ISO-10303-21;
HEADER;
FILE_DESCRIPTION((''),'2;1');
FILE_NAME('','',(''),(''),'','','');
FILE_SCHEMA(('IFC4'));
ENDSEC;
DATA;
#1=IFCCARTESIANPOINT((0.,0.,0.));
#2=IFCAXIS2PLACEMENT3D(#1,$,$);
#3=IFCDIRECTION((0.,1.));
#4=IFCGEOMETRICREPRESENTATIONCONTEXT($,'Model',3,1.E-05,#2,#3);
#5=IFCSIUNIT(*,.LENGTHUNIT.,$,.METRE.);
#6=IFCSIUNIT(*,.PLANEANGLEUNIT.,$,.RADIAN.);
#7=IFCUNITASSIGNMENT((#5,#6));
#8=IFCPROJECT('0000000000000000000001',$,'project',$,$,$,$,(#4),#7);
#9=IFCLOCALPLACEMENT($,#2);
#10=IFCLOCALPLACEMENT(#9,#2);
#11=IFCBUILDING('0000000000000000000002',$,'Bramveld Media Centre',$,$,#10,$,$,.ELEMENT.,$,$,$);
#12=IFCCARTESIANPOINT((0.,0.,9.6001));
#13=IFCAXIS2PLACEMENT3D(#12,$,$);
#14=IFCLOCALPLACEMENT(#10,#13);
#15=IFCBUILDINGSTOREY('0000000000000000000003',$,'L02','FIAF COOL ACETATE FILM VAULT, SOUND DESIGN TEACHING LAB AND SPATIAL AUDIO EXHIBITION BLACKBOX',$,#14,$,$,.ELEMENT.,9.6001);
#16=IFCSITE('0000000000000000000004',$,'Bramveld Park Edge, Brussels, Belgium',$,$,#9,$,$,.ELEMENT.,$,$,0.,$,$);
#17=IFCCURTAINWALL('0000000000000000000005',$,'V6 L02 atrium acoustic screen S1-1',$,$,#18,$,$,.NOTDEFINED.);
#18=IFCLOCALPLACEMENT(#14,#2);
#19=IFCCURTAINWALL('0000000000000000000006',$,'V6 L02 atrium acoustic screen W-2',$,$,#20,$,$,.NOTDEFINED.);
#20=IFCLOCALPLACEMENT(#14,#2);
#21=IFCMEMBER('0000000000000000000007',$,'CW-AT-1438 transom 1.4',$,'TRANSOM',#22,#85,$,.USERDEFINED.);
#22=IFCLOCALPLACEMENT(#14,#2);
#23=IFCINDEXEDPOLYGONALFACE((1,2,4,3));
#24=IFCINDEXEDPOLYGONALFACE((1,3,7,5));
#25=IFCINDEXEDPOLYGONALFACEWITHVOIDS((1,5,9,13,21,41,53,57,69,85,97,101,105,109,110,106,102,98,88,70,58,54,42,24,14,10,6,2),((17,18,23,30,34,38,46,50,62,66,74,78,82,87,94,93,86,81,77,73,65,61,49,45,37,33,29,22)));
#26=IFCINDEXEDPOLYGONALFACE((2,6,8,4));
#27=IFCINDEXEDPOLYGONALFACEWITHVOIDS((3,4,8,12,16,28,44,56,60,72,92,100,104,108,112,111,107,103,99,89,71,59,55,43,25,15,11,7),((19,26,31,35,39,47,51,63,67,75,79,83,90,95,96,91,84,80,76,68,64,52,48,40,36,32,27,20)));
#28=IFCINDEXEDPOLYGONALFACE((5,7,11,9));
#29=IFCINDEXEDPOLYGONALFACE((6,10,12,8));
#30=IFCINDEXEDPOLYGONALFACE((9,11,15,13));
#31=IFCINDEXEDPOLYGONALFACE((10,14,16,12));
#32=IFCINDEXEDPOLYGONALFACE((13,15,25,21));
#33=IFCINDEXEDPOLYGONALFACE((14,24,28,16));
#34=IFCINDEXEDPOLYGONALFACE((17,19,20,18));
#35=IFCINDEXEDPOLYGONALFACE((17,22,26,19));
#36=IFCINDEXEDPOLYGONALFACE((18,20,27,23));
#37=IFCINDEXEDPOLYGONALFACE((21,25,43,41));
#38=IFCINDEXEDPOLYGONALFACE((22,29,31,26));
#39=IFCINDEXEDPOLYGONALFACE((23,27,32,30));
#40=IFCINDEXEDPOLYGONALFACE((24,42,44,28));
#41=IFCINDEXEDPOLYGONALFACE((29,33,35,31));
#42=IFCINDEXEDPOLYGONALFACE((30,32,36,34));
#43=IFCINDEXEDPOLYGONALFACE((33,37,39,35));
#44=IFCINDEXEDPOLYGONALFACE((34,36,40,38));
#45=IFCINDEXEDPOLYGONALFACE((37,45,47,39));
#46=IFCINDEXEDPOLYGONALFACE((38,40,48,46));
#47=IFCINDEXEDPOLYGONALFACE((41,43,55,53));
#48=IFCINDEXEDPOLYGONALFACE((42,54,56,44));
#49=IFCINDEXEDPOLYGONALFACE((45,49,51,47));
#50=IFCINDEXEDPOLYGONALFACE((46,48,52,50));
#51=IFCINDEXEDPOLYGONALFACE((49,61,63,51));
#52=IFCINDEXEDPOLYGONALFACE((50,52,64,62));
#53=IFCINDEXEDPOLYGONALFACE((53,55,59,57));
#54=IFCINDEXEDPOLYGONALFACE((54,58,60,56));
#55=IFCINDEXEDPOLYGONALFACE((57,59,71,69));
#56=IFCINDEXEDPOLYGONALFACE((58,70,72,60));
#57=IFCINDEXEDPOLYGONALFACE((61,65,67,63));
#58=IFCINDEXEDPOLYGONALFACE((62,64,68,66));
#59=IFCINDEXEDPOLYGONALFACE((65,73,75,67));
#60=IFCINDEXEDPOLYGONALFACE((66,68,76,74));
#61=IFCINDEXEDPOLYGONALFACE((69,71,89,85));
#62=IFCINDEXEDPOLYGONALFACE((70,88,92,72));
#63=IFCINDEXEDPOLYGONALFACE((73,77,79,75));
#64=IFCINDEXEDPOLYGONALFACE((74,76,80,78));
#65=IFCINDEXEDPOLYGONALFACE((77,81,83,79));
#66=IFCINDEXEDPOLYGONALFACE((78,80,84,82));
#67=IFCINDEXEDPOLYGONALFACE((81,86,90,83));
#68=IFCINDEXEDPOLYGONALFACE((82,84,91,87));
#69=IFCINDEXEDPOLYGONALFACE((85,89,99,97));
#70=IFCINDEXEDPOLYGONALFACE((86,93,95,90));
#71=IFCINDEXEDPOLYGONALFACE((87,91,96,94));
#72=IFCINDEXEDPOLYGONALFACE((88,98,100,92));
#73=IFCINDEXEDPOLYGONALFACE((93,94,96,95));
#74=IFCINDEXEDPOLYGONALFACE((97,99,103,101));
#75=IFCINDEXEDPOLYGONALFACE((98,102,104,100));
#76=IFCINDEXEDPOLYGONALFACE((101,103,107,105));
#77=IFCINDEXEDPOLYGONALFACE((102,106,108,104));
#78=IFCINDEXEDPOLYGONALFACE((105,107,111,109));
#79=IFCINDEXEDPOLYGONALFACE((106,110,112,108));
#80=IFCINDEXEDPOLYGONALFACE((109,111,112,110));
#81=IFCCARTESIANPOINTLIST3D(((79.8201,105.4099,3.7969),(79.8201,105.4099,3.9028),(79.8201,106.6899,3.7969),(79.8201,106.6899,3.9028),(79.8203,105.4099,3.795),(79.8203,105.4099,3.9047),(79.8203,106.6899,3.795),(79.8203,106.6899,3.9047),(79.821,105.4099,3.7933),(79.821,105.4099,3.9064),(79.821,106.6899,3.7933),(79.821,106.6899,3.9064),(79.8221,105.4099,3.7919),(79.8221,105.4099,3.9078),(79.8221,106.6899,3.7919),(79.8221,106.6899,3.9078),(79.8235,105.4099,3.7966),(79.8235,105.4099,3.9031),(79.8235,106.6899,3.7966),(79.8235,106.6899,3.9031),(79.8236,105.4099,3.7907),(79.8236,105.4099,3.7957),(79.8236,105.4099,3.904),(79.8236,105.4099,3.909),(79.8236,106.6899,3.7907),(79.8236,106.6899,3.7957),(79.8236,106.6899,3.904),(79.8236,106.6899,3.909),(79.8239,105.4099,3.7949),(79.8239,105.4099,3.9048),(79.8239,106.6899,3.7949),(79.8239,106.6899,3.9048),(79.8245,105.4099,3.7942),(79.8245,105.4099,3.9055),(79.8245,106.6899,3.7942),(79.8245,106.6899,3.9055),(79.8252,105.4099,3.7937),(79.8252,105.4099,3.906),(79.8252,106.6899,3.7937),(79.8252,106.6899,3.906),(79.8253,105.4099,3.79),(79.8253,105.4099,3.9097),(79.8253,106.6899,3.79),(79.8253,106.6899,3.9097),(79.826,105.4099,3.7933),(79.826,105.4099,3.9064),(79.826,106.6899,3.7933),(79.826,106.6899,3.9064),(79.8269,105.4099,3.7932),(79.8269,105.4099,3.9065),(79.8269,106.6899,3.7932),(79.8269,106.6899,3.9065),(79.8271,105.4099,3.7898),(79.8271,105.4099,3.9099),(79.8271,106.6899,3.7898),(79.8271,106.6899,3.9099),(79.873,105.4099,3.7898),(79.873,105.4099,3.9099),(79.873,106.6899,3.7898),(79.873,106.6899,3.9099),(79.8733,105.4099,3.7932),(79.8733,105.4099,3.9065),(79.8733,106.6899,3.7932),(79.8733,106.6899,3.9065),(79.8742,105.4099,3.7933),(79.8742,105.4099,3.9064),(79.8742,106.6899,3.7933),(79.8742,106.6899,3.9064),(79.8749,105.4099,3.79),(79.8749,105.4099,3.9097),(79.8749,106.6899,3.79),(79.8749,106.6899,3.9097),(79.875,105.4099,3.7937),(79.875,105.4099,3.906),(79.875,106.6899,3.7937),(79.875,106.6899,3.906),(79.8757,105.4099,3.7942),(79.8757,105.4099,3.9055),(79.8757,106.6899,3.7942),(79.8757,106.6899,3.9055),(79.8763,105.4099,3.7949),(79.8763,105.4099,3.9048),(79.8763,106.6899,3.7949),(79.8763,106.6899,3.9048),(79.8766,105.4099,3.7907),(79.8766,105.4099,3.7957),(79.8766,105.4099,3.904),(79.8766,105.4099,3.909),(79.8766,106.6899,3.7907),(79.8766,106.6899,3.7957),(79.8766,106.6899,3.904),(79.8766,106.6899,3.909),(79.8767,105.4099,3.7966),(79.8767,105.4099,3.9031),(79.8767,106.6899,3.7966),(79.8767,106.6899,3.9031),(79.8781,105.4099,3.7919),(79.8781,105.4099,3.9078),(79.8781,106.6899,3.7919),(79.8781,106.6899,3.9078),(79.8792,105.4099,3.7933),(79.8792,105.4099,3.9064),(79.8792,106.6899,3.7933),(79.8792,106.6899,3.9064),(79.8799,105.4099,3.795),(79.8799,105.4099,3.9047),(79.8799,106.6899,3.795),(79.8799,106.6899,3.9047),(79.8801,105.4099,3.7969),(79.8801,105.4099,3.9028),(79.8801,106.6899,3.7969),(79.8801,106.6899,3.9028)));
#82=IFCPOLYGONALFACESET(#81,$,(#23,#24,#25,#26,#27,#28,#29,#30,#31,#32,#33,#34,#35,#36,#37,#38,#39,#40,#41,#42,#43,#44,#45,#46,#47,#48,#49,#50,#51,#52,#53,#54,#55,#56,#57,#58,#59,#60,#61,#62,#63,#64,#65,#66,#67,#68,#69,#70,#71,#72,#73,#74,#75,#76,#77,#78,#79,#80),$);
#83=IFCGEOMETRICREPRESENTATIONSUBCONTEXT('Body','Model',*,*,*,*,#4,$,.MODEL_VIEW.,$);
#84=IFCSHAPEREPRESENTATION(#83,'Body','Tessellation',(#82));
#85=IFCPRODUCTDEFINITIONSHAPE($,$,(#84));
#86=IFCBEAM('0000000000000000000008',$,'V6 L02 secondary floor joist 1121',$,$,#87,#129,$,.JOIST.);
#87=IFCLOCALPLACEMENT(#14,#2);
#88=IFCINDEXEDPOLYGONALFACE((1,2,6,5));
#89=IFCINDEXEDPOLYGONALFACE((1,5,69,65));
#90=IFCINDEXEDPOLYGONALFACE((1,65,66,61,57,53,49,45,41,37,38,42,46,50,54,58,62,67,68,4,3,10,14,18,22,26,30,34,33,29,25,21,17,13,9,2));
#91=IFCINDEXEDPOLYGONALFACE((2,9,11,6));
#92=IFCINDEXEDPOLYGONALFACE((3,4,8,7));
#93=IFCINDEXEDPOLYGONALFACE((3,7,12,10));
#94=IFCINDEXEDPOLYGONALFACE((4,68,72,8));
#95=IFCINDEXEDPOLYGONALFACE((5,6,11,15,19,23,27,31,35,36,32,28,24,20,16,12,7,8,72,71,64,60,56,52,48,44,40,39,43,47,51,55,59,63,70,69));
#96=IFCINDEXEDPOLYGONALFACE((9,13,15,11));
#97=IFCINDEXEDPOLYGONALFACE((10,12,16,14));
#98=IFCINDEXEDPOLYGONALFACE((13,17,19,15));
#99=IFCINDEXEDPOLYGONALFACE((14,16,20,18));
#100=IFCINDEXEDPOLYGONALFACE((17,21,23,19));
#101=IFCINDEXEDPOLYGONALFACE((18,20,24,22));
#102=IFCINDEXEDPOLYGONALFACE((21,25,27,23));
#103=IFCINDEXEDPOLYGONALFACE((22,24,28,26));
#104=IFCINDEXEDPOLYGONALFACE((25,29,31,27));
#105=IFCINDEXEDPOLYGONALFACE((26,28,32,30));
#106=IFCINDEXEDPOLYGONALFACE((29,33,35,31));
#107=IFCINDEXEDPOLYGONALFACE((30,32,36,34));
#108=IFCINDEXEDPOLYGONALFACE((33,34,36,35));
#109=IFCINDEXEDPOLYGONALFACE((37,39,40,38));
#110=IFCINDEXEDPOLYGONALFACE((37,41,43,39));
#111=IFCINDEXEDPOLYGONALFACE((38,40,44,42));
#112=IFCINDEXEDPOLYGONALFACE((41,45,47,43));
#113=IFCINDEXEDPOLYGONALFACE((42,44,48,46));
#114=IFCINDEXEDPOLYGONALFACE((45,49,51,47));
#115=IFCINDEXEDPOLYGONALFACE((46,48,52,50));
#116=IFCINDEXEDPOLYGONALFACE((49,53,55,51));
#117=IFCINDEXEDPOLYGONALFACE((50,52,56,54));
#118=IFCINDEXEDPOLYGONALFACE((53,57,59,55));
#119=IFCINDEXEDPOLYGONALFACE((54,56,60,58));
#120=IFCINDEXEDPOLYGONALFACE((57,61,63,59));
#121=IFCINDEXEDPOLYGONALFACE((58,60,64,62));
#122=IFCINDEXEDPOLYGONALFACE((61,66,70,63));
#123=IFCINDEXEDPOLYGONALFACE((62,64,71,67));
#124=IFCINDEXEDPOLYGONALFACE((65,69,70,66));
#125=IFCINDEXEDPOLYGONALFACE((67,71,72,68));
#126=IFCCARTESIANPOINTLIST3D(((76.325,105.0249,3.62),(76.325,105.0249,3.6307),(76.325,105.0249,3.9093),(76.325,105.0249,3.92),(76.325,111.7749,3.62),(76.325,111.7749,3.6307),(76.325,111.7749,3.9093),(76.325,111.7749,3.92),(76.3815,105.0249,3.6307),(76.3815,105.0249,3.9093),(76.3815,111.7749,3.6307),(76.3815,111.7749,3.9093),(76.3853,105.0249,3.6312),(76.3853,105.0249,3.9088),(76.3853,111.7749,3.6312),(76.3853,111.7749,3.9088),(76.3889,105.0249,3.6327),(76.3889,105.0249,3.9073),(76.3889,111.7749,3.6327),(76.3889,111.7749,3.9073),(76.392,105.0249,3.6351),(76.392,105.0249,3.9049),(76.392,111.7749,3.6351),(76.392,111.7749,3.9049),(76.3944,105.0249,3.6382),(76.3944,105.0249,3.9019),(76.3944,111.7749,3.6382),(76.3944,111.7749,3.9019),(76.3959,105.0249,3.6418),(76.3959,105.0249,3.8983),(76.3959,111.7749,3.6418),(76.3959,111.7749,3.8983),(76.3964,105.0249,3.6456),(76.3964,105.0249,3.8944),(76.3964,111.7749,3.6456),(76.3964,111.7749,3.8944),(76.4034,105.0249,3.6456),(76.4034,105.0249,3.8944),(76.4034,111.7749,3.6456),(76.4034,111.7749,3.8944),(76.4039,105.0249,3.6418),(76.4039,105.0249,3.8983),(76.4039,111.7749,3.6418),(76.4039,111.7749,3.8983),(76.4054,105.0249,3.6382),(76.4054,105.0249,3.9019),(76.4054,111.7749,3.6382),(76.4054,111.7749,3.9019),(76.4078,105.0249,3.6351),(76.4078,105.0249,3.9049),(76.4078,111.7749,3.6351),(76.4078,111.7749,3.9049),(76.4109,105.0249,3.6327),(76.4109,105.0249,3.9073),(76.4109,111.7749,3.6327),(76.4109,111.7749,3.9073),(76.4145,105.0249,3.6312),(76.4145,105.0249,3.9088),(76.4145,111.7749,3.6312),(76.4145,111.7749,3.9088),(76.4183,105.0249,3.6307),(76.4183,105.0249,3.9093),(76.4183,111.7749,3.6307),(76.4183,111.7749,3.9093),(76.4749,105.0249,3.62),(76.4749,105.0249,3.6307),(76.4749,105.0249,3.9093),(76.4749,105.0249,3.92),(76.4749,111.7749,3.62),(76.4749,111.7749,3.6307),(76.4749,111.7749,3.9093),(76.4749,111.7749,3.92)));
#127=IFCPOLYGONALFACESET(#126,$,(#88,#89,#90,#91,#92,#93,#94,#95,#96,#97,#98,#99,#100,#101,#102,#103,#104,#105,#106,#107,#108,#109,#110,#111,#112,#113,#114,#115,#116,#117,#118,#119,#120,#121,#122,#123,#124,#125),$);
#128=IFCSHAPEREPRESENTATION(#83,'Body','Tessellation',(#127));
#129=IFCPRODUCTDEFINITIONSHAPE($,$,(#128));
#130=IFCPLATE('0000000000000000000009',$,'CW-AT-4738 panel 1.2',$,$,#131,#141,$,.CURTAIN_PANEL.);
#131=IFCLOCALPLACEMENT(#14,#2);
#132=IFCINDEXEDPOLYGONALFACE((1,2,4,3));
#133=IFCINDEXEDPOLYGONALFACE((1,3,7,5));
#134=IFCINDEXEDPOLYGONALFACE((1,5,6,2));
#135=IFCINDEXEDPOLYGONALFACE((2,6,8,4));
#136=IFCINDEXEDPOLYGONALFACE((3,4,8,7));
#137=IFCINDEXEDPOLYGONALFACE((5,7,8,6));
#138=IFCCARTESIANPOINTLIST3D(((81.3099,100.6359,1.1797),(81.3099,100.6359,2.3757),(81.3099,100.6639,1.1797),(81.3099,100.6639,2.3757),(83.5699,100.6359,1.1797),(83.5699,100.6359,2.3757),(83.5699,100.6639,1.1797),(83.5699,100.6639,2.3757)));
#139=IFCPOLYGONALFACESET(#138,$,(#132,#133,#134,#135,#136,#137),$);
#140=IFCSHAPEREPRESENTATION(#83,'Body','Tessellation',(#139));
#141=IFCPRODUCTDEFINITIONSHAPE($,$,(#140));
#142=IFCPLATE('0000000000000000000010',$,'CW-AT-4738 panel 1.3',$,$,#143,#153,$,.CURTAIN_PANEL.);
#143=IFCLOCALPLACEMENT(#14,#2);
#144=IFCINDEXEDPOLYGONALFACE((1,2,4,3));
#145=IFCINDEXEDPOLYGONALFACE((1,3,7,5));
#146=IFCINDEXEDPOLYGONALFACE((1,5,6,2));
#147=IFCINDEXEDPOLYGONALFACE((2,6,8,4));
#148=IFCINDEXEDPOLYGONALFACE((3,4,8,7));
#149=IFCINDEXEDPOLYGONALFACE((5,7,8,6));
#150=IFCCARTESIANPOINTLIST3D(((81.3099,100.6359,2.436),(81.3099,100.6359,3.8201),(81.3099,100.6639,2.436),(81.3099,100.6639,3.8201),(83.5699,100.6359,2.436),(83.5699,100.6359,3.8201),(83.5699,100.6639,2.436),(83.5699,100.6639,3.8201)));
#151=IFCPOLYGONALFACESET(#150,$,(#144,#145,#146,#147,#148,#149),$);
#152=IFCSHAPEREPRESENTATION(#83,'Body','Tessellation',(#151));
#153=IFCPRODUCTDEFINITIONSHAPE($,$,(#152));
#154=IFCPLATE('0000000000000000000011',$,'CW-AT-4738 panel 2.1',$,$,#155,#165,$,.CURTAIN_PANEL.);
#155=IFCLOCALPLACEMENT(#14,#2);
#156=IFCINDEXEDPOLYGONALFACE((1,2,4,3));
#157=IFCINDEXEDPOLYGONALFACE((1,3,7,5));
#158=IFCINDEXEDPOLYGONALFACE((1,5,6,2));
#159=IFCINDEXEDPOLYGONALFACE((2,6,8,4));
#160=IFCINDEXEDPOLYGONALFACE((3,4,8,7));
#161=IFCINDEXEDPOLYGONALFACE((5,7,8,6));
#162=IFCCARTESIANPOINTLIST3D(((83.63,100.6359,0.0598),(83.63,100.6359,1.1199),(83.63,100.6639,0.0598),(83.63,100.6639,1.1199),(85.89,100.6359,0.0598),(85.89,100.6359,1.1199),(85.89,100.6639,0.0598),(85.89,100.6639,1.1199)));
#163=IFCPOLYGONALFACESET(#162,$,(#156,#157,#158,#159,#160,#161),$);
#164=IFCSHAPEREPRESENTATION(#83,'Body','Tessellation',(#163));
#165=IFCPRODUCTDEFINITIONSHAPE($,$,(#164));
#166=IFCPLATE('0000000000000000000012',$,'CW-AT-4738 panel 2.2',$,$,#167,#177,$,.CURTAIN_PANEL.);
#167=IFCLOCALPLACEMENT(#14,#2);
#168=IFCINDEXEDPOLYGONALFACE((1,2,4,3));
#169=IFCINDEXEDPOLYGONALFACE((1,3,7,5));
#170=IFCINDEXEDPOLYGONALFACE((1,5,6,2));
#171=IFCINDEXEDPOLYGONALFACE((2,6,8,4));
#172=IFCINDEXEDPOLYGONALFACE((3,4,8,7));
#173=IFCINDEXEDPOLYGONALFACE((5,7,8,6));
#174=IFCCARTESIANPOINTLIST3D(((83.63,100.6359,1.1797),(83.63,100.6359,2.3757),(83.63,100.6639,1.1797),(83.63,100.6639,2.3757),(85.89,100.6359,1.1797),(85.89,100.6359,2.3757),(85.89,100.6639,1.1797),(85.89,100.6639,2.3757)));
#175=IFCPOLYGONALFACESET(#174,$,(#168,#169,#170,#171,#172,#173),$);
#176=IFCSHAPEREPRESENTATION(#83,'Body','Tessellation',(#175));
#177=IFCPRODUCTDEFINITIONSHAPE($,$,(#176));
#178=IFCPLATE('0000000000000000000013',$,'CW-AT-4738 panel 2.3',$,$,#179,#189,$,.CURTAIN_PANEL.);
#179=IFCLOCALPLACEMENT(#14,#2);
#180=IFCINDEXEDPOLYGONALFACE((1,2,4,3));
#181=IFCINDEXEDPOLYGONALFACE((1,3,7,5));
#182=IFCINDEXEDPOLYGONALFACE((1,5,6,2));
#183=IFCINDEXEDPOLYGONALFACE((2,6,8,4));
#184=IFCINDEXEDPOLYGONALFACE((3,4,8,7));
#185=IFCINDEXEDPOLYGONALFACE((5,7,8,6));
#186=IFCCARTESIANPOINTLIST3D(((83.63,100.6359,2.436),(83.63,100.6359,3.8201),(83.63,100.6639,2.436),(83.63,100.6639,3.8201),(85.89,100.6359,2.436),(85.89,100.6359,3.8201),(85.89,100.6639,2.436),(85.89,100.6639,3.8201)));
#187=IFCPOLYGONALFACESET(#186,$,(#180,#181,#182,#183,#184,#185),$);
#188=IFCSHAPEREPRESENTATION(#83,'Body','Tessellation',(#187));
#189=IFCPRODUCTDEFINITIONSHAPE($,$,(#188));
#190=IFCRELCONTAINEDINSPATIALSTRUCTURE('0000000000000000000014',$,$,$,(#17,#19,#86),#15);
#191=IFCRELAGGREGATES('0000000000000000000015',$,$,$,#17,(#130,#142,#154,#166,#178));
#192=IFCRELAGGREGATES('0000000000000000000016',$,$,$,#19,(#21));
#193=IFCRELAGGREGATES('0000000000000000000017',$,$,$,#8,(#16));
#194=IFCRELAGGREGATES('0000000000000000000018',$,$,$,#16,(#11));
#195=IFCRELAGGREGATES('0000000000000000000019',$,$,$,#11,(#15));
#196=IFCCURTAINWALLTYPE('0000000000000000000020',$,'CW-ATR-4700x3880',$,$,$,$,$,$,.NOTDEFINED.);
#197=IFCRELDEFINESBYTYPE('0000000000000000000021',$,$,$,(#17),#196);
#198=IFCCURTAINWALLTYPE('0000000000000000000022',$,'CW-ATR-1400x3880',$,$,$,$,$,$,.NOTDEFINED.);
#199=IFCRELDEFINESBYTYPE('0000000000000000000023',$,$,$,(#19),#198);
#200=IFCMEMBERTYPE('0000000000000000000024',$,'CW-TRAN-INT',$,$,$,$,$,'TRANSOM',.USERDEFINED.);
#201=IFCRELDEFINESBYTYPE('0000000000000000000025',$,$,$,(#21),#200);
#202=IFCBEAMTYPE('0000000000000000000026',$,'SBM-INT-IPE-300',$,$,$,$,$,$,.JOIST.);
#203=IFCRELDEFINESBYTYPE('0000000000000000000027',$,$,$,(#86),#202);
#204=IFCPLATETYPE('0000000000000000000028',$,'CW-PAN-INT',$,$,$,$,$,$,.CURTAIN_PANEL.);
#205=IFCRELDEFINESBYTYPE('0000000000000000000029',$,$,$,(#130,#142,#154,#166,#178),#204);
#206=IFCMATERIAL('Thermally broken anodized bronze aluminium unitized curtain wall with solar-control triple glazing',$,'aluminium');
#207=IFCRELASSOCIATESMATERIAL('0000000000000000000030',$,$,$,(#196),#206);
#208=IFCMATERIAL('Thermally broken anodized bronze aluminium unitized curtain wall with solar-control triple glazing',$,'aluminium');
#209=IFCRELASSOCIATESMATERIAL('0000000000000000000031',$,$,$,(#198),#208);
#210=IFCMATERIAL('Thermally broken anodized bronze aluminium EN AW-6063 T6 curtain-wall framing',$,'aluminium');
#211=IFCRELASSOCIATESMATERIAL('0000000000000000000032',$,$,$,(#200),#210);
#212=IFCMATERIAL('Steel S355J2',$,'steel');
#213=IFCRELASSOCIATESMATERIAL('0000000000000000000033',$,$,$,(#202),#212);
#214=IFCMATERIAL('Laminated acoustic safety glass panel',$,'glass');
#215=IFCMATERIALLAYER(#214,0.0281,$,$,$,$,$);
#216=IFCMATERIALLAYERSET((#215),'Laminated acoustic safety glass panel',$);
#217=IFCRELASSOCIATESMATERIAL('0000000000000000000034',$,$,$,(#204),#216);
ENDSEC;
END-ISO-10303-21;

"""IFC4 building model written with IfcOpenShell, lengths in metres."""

from ifc_helpers import new_model, si_unit, direction, frame, origin, origin_2d, place, context, subcontext, project, spatial, rectangle, hollow_rectangle, i_section, extrude, material, layer, layer_set, material_profile, profile_set, type_object, element, aggregate, save


model = new_model("IFC4")

# Units and contexts
model_context = context("Model", 3, precision=1e-05, world=origin(), true_north=direction((0.0, 1.0)))
body_context = subcontext(model_context, "Body", "Model", "MODEL_VIEW")
ifc_project = project(units=[si_unit("LENGTHUNIT", "METRE"), si_unit("PLANEANGLEUNIT", "RADIAN")], contexts=[model_context])

# Site, building, storey
site_placement = place(None, origin())
site = spatial("IfcSite", under=ifc_project, at=site_placement, Name="Bramveld Park Edge, Brussels, Belgium", CompositionType="ELEMENT", RefElevation=0.0)
building_placement = place(site_placement, origin())
building = spatial("IfcBuilding", under=site, at=building_placement, Name="Bramveld Media Centre", CompositionType="ELEMENT")
storey_placement = place(building_placement, frame((0.0, 0.0, 9.6001)))
storey = spatial("IfcBuildingStorey", under=building, at=storey_placement, Name="L02", Description="FIAF COOL ACETATE FILM VAULT, SOUND DESIGN TEACHING LAB AND SPATIAL AUDIO EXHIBITION BLACKBOX", CompositionType="ELEMENT", Elevation=9.6001)

# Curtain wall
ifc_material_1 = material(Name="Thermally broken anodized bronze aluminium unitized curtain wall with solar-control triple glazing", Category="aluminium")
curtain_wall_type_1 = type_object("IfcCurtainWallType", Name="CW-ATR-4700x3880", PredefinedType="NOTDEFINED", material=ifc_material_1)
curtain_wall_1_placement = place(storey_placement, origin())
curtain_wall_1 = element("IfcCurtainWall", 1, at=curtain_wall_1_placement, inside=storey, type_object=curtain_wall_type_1, Name="V6 L02 atrium acoustic screen S1-1", PredefinedType="NOTDEFINED")

# Curtain wall
ifc_material_2 = material(Name="Thermally broken anodized bronze aluminium unitized curtain wall with solar-control triple glazing", Category="aluminium")
curtain_wall_type_2 = type_object("IfcCurtainWallType", Name="CW-ATR-1400x3880", PredefinedType="NOTDEFINED", material=ifc_material_2)
curtain_wall_2_placement = place(storey_placement, origin())
curtain_wall_2 = element("IfcCurtainWall", 2, at=curtain_wall_2_placement, inside=storey, type_object=curtain_wall_type_2, Name="V6 L02 atrium acoustic screen W-2", PredefinedType="NOTDEFINED")

# Member
ifc_material_3 = material(Name="Thermally broken anodized bronze aluminium EN AW-6063 T6 curtain-wall framing", Category="aluminium")
ifc_material_profile_1 = material_profile(ifc_material_3, hollow_rectangle(XDim=0.0601, YDim=0.1201, WallThickness=0.0034, InnerFilletRadius=0.0034, OuterFilletRadius=0.0071, at=origin_2d()), Name="AL-TRAN 60x120")
ifc_profile_set_1 = profile_set([ifc_material_profile_1], Name="Thermally broken anodized bronze aluminium EN AW-6063 T6 curtain-wall framing")
member_type_1 = type_object("IfcMemberType", Name="CW-TRAN-INT", ElementType="TRANSOM", PredefinedType="USERDEFINED", material=ifc_profile_set_1)
member_1_placement = place(storey_placement, frame((79.8501, 105.4099, 3.8499), z_axis=(0.0, 1.0, 0.0), x_axis=(-1.0, 0.0, 0.0)))
member_1 = element("IfcMember", 3, at=member_1_placement, type_object=member_type_1, Name="CW-AT-1438 transom 1.4", ObjectType="TRANSOM", PredefinedType="USERDEFINED", context=body_context, shape_type="SweptSolid", body=[
    extrude(hollow_rectangle(XDim=0.0601, YDim=0.1201, WallThickness=0.0034, InnerFilletRadius=0.0034, OuterFilletRadius=0.0071, at=origin_2d()), origin(), (0.0, 0.0, 1.0), 1.28),
])

# Beam
ifc_material_4 = material(Name="Steel S355J2", Category="steel")
ifc_material_profile_2 = material_profile(ifc_material_4, i_section(OverallWidth=0.1499, OverallDepth=0.3, WebThickness=0.0071, FlangeThickness=0.0107, FilletRadius=0.0149, at=origin_2d()), Name="IPE 300")
ifc_profile_set_2 = profile_set([ifc_material_profile_2], Name="Steel S355J2")
beam_type_1 = type_object("IfcBeamType", Name="SBM-INT-IPE-300", PredefinedType="JOIST", material=ifc_profile_set_2)
beam_1_placement = place(storey_placement, frame((76.3999, 105.0249, 3.77), z_axis=(0.0, 1.0, 0.0), x_axis=(-1.0, 0.0, 0.0)))
element("IfcBeam", 4, at=beam_1_placement, inside=storey, type_object=beam_type_1, Name="V6 L02 secondary floor joist 1121", PredefinedType="JOIST", context=body_context, shape_type="SweptSolid", body=[
    extrude(i_section(OverallWidth=0.1499, OverallDepth=0.3, WebThickness=0.0071, FlangeThickness=0.0107, FilletRadius=0.0149, at=origin_2d()), origin(), (0.0, 0.0, 1.0), 6.75),
])

# Plates
ifc_material_5 = material(Name="Laminated acoustic safety glass panel", Category="glass")
ifc_layer_1 = layer(ifc_material_5, 0.0281)
ifc_layer_set_1 = layer_set([ifc_layer_1], Name="Laminated acoustic safety glass panel")
plate_type = type_object("IfcPlateType", Name="CW-PAN-INT", PredefinedType="CURTAIN_PANEL", material=ifc_layer_set_1)
plate_1_placement = place(storey_placement, frame((82.4399, 100.6499, 1.1797), z_axis=(0.0, 0.0, 1.0), x_axis=(1.0, 0.0, 0.0)))
plate_1 = element("IfcPlate", 5, at=plate_1_placement, type_object=plate_type, Name="CW-AT-4738 panel 1.2", PredefinedType="CURTAIN_PANEL", context=body_context, shape_type="SweptSolid", body=[
    extrude(rectangle(XDim=2.26, YDim=0.0281, at=origin_2d()), origin(), (0.0, 0.0, 1.0), 1.196),
])
plate_2_placement = place(storey_placement, frame((82.4399, 100.6499, 2.436), z_axis=(0.0, 0.0, 1.0), x_axis=(1.0, 0.0, 0.0)))
plate_2 = element("IfcPlate", 6, at=plate_2_placement, type_object=plate_type, Name="CW-AT-4738 panel 1.3", PredefinedType="CURTAIN_PANEL", context=body_context, shape_type="SweptSolid", body=[
    extrude(rectangle(XDim=2.26, YDim=0.0281, at=origin_2d()), origin(), (0.0, 0.0, 1.0), 1.384),
])
plate_3_placement = place(storey_placement, frame((84.76, 100.6499, 0.0598), z_axis=(0.0, 0.0, 1.0), x_axis=(1.0, 0.0, 0.0)))
plate_3 = element("IfcPlate", 7, at=plate_3_placement, type_object=plate_type, Name="CW-AT-4738 panel 2.1", PredefinedType="CURTAIN_PANEL", context=body_context, shape_type="SweptSolid", body=[
    extrude(rectangle(XDim=2.26, YDim=0.0281, at=origin_2d()), origin(), (0.0, 0.0, 1.0), 1.0601),
])
plate_4_placement = place(storey_placement, frame((84.76, 100.6499, 1.1797), z_axis=(0.0, 0.0, 1.0), x_axis=(1.0, 0.0, 0.0)))
plate_4 = element("IfcPlate", 8, at=plate_4_placement, type_object=plate_type, Name="CW-AT-4738 panel 2.2", PredefinedType="CURTAIN_PANEL", context=body_context, shape_type="SweptSolid", body=[
    extrude(rectangle(XDim=2.26, YDim=0.0281, at=origin_2d()), origin(), (0.0, 0.0, 1.0), 1.196),
])
plate_5_placement = place(storey_placement, frame((84.76, 100.6499, 2.436), z_axis=(0.0, 0.0, 1.0), x_axis=(1.0, 0.0, 0.0)))
plate_5 = element("IfcPlate", 9, at=plate_5_placement, type_object=plate_type, Name="CW-AT-4738 panel 2.3", PredefinedType="CURTAIN_PANEL", context=body_context, shape_type="SweptSolid", body=[
    extrude(rectangle(XDim=2.26, YDim=0.0281, at=origin_2d()), origin(), (0.0, 0.0, 1.0), 1.384),
])
aggregate(curtain_wall_1, [plate_1, plate_2, plate_3, plate_4, plate_5])
aggregate(curtain_wall_2, [member_1])

save(model, "model.ifc")
